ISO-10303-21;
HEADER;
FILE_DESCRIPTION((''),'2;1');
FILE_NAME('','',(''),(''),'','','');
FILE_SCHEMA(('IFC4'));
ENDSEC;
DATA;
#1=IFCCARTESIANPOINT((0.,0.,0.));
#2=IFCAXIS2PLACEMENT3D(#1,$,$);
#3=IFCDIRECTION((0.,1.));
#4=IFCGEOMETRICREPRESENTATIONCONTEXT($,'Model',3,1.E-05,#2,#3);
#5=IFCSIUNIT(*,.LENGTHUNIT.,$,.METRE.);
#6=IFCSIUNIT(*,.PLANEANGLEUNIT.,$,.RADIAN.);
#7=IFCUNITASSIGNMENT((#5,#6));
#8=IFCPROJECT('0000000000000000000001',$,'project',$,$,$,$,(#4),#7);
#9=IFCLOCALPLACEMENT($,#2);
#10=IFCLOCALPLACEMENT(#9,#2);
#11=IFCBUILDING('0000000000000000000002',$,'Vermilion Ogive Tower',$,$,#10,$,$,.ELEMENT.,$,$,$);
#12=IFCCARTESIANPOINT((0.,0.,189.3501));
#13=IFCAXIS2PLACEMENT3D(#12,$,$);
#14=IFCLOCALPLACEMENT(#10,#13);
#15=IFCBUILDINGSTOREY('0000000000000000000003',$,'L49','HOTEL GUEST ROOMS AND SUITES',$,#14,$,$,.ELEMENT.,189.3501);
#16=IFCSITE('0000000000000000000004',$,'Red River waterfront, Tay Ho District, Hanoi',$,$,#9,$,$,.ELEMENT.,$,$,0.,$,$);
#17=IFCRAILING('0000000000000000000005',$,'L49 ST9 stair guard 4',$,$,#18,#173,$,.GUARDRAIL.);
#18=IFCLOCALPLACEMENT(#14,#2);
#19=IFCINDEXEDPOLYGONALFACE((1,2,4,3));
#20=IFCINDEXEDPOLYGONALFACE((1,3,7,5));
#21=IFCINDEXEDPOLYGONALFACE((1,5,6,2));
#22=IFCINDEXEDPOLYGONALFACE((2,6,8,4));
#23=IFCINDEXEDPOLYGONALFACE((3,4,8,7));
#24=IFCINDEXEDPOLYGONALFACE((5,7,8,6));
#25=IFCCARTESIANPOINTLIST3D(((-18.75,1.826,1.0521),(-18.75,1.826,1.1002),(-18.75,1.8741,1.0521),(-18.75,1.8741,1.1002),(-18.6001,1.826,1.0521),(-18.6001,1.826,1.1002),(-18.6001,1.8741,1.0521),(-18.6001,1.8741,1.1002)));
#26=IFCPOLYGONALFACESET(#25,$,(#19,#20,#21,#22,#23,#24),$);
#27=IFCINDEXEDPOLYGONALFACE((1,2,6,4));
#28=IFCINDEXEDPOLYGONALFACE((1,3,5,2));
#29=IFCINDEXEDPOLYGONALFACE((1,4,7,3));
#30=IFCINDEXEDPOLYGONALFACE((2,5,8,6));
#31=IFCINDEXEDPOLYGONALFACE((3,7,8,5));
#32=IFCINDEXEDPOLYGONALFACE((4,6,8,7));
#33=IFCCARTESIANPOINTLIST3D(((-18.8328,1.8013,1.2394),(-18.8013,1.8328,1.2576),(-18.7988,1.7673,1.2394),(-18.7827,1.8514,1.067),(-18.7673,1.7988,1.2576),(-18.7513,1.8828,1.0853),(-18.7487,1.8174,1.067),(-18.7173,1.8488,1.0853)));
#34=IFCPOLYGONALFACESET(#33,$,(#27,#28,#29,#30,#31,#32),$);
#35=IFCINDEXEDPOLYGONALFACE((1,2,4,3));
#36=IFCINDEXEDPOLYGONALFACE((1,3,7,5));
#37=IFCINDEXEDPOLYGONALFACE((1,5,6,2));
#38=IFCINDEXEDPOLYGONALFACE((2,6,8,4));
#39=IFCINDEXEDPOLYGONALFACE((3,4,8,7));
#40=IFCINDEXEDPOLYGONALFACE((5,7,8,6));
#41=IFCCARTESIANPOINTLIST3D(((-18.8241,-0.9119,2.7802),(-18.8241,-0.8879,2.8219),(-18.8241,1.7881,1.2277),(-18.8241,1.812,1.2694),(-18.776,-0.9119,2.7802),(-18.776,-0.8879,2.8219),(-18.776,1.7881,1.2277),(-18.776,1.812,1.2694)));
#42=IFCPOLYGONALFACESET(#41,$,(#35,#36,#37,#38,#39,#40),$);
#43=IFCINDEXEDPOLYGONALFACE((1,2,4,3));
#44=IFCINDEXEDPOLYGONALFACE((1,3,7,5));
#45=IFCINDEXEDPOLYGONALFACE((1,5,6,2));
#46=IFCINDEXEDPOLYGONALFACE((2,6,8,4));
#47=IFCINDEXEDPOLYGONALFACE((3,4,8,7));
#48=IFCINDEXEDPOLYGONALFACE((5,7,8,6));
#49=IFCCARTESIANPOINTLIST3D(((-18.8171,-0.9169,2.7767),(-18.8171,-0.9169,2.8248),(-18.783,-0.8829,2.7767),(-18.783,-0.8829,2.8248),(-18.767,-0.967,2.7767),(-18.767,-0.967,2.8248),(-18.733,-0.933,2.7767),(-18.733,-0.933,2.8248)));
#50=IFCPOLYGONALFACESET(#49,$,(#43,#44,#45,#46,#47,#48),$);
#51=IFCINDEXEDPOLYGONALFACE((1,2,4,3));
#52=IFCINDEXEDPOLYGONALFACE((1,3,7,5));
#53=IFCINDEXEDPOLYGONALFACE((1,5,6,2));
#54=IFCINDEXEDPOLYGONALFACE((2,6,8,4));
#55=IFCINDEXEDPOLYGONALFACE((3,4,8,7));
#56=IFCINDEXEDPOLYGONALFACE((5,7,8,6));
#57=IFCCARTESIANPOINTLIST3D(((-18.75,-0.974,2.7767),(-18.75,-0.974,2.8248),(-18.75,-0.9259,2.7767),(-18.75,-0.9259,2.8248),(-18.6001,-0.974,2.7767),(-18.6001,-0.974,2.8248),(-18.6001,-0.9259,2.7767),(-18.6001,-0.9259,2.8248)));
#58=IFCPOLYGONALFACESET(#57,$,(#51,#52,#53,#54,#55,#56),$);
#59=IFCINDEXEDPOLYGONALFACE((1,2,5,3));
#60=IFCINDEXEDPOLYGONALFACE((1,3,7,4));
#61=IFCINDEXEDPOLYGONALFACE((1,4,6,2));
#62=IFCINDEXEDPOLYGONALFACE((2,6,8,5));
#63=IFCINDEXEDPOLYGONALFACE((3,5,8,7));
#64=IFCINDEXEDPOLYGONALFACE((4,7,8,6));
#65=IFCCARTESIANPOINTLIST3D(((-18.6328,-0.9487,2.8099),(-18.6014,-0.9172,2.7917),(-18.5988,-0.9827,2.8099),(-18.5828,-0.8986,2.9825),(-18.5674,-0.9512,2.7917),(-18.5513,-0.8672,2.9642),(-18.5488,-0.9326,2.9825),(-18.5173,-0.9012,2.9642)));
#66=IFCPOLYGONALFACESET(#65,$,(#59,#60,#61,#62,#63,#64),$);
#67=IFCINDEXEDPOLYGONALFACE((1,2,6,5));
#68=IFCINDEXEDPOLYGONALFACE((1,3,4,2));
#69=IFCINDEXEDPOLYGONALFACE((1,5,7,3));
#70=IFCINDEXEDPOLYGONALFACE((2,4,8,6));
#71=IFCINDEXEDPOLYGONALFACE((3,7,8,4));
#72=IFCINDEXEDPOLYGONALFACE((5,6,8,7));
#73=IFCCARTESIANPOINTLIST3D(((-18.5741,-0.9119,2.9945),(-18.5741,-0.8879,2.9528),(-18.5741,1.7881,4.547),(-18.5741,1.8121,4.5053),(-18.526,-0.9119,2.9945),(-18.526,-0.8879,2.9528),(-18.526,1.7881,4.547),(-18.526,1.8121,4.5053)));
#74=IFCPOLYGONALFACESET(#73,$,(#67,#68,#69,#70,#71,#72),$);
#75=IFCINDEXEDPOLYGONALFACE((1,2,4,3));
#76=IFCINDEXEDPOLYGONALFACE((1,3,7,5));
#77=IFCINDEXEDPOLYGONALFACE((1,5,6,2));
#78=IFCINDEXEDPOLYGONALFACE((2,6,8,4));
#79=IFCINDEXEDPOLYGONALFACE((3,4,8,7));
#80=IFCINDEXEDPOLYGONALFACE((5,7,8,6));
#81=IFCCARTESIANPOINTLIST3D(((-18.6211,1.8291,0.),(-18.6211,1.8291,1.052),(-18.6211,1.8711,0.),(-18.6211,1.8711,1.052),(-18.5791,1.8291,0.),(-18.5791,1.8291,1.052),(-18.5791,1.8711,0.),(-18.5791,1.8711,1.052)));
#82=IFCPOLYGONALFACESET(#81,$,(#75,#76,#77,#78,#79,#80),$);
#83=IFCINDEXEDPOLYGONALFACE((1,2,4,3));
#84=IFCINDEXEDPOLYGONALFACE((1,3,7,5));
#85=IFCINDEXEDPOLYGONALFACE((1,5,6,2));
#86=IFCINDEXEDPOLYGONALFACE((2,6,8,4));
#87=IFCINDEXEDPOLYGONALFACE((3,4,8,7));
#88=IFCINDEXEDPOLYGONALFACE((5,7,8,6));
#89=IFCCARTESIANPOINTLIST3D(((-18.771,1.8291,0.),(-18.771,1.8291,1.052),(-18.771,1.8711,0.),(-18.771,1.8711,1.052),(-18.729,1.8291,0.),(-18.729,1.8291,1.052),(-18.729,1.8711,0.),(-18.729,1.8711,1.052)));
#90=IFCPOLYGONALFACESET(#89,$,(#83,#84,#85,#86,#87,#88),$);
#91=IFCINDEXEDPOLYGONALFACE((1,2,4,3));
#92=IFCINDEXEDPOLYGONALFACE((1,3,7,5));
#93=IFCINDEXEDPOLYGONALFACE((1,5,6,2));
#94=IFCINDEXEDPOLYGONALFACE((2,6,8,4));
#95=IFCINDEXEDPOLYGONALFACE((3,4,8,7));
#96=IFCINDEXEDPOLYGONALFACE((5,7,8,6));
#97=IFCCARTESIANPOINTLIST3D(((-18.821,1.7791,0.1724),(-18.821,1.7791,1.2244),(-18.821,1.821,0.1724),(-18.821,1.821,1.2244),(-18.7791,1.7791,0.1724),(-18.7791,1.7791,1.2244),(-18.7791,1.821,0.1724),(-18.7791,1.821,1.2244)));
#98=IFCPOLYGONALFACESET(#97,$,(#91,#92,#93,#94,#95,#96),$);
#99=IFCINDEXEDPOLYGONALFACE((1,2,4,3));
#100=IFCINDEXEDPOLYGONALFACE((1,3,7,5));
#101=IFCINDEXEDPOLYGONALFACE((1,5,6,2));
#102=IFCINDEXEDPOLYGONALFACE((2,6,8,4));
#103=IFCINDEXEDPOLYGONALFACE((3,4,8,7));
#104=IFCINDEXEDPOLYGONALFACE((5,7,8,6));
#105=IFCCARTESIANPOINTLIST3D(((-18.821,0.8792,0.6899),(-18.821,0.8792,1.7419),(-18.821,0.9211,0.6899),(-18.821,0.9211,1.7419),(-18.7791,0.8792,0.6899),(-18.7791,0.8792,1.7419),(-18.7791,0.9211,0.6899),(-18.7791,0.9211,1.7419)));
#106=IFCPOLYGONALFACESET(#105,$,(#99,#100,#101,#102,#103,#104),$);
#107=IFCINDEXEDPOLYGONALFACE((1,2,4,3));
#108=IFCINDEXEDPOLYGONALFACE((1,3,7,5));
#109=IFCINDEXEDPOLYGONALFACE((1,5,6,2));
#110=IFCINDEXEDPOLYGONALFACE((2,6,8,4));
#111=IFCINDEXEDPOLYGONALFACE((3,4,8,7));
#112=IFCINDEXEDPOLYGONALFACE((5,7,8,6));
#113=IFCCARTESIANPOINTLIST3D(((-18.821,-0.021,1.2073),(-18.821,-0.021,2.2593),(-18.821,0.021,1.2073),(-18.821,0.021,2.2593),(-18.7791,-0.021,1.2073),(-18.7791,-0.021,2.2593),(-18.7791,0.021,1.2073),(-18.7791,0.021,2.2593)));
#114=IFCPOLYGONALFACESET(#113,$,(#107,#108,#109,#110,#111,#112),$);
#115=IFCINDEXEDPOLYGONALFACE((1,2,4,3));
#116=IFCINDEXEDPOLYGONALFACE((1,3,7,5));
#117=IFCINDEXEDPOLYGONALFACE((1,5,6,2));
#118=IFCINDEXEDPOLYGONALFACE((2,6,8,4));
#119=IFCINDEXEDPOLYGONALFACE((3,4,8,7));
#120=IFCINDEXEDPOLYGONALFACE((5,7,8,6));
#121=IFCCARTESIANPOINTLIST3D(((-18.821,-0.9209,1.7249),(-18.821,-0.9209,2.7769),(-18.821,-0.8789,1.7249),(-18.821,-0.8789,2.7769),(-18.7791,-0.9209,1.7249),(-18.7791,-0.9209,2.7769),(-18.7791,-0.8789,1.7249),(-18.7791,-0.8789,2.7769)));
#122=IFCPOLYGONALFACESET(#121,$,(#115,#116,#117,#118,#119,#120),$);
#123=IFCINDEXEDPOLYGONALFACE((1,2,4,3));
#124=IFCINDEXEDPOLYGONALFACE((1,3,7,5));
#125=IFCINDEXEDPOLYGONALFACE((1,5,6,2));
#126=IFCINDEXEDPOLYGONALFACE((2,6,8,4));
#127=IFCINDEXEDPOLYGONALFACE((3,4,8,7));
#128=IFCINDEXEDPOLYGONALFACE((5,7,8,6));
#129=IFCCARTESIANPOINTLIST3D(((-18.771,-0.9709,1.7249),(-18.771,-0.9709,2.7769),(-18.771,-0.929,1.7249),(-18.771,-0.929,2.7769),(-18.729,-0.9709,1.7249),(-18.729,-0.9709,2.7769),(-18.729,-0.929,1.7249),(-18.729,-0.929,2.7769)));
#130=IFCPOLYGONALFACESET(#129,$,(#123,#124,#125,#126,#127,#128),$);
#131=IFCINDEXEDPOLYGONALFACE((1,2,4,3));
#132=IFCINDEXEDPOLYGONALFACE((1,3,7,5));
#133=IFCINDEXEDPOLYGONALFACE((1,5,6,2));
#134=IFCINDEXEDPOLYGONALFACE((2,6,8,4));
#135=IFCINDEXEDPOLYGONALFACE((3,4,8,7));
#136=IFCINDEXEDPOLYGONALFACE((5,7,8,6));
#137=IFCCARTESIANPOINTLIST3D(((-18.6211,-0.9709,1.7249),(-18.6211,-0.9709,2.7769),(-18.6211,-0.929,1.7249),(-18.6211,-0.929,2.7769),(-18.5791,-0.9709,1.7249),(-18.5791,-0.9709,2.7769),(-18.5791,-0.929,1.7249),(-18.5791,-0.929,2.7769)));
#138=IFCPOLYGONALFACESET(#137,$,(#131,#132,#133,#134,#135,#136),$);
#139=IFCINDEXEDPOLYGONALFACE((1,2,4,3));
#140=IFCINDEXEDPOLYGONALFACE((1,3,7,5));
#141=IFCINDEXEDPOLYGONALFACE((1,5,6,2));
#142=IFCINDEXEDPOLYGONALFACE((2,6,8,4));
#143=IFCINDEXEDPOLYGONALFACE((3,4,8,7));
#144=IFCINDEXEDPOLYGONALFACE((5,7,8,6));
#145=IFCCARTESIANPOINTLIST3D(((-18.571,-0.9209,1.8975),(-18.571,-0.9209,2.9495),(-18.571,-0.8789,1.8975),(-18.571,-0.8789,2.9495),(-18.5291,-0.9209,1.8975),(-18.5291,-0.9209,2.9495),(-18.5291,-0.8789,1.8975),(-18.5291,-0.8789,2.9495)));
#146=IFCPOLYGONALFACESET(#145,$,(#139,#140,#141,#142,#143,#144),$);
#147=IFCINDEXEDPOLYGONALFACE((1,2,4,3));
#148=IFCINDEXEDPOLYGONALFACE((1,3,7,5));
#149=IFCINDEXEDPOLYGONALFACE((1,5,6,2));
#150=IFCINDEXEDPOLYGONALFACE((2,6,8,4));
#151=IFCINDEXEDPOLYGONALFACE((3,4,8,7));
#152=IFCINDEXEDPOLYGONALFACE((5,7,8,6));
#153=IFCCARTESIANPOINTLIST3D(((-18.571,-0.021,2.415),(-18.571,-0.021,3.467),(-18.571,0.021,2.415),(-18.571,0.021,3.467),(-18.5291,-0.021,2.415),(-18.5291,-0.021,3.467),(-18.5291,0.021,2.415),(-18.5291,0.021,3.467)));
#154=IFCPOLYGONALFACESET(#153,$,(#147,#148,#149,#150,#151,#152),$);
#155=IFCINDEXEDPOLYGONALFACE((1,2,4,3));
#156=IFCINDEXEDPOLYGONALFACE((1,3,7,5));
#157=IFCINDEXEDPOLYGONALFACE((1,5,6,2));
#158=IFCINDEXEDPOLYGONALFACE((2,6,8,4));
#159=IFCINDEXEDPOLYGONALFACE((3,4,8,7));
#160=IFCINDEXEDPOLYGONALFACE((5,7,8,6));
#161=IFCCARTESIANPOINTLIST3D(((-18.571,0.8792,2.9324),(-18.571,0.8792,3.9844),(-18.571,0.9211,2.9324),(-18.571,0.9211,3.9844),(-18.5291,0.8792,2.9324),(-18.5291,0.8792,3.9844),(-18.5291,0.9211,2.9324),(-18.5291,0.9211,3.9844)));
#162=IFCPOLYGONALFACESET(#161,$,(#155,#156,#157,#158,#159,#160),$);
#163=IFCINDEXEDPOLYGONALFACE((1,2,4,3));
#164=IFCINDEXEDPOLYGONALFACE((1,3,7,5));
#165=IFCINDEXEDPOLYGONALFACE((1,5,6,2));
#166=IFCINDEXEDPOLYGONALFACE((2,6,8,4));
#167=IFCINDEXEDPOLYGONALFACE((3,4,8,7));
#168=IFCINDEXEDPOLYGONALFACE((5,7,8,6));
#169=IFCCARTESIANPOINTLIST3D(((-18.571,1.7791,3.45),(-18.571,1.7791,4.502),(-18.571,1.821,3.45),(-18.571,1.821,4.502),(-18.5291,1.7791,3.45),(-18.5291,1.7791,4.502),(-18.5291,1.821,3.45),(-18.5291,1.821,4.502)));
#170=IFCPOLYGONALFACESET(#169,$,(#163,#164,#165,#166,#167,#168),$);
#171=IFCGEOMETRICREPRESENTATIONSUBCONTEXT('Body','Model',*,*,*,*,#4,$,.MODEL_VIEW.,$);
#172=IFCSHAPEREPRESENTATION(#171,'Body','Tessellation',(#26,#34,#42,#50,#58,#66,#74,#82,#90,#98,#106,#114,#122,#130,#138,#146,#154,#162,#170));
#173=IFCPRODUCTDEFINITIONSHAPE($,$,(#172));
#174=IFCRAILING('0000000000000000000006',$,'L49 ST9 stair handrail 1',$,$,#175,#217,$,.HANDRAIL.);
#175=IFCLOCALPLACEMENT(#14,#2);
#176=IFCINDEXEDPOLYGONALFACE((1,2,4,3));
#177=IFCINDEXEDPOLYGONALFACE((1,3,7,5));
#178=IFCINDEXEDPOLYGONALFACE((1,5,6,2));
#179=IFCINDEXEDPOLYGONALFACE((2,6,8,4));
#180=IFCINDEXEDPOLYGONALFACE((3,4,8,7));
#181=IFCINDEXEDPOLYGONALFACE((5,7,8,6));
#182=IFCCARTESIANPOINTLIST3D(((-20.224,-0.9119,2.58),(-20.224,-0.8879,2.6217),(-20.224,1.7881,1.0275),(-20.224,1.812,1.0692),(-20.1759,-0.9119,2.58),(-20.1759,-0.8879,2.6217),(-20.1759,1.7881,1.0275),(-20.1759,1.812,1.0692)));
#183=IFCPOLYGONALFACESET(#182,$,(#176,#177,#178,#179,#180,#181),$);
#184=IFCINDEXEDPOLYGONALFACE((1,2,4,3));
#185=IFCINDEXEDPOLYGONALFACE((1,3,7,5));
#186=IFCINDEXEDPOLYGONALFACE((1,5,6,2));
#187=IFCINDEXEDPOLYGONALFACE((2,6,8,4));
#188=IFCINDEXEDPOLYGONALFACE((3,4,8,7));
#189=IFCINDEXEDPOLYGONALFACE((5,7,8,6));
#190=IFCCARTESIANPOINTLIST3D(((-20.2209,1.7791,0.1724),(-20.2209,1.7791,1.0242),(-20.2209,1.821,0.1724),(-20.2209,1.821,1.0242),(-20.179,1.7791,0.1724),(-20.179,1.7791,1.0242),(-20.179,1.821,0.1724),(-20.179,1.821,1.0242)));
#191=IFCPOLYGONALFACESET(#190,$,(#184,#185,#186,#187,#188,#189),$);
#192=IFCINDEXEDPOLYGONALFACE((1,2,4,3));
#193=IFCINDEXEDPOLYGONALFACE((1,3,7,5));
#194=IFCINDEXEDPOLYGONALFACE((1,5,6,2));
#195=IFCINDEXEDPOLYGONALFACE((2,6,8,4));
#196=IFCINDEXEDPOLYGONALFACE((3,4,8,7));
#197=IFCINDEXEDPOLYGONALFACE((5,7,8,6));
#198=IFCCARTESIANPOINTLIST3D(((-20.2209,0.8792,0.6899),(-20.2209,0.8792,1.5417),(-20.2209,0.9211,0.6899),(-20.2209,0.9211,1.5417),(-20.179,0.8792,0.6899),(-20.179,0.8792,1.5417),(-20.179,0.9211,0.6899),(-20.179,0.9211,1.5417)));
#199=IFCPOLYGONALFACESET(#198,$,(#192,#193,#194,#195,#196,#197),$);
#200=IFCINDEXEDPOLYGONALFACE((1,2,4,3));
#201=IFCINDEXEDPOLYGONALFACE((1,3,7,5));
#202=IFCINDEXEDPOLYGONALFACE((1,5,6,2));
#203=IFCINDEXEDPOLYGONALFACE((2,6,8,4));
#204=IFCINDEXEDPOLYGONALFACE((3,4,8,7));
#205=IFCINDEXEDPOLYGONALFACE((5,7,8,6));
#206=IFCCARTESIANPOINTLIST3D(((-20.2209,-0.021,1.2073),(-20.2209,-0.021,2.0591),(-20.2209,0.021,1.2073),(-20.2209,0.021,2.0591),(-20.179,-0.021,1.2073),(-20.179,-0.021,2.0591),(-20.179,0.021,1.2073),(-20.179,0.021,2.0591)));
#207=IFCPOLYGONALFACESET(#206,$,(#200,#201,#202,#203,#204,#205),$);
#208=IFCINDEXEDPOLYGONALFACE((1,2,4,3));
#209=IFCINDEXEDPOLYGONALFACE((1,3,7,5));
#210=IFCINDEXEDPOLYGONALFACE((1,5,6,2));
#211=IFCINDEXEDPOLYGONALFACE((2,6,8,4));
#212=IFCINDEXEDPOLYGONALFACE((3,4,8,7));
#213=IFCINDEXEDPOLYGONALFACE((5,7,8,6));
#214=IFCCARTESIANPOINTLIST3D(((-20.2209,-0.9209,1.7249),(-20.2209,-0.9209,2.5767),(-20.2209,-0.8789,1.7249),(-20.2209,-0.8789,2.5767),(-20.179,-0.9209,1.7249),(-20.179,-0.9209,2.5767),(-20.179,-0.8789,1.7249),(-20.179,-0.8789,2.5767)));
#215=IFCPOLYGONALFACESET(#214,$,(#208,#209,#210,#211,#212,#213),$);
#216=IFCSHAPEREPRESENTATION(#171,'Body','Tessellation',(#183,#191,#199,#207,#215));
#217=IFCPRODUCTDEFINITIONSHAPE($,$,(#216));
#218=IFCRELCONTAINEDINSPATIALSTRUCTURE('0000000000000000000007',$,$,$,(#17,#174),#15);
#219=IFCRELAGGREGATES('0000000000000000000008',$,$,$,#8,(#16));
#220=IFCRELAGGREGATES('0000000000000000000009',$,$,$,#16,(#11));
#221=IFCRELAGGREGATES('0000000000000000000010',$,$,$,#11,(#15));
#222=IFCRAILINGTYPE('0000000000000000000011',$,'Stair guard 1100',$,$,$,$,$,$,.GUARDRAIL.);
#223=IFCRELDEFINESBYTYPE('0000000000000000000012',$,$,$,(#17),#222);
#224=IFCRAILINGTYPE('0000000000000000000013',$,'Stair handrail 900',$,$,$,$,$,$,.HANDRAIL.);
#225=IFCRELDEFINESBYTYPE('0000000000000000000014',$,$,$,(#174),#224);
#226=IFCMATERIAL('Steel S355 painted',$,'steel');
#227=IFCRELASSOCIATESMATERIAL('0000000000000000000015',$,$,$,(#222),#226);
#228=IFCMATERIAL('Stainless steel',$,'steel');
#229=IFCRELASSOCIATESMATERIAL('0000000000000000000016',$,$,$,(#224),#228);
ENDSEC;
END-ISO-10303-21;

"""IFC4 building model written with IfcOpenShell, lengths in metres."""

from ifc_helpers import new_model, si_unit, direction, frame, origin, origin_2d, place, context, subcontext, project, spatial, rectangle, extrude, material, type_object, element, save


model = new_model("IFC4")

# Units and contexts
model_context = context("Model", 3, precision=1e-05, world=origin(), true_north=direction((0.0, 1.0)))
body_context = subcontext(model_context, "Body", "Model", "MODEL_VIEW")
ifc_project = project(units=[si_unit("LENGTHUNIT", "METRE"), si_unit("PLANEANGLEUNIT", "RADIAN")], contexts=[model_context])

# Site, building, storey
site_placement = place(None, origin())
site = spatial("IfcSite", under=ifc_project, at=site_placement, Name="Red River waterfront, Tay Ho District, Hanoi", CompositionType="ELEMENT", RefElevation=0.0)
building_placement = place(site_placement, origin())
building = spatial("IfcBuilding", under=site, at=building_placement, Name="Vermilion Ogive Tower", CompositionType="ELEMENT")
storey_placement = place(building_placement, frame((0.0, 0.0, 189.3501)))
storey = spatial("IfcBuildingStorey", under=building, at=storey_placement, Name="L49", Description="HOTEL GUEST ROOMS AND SUITES", CompositionType="ELEMENT", Elevation=189.3501)

# Railings
ifc_material_1 = material(Name="Steel S355 painted", Category="steel")
railing_type_1 = type_object("IfcRailingType", Name="Stair guard 1100", PredefinedType="GUARDRAIL", material=ifc_material_1)
railing_1_placement = place(storey_placement, frame((-18.6001, 1.8501, 0.0)))
element("IfcRailing", 1, at=railing_1_placement, inside=storey, type_object=railing_type_1, Name="L49 ST9 stair guard 4", PredefinedType="GUARDRAIL", context=body_context, shape_type="SweptSolid", body=[
    extrude(rectangle(XDim=0.0481, YDim=0.0481, at=origin_2d()), frame((0.0, 0.0, 1.0762), z_axis=(-1.0, 0.0, 0.0), x_axis=(0.0, -1.0, 0.0)), (0.0, 0.0, 1.0), 0.1499),
    extrude(rectangle(XDim=0.0481, YDim=0.0481, at=origin_2d()), frame((-0.1499, 0.0, 1.0762), z_axis=(-0.268603, -0.268603, 0.925043), x_axis=(0.707107, -0.707107, 0.0)), (0.0, 0.0, 1.0), 0.1863),
    extrude(rectangle(XDim=0.0481, YDim=0.0481, at=origin_2d()), frame((-0.2, -0.05, 1.2485), z_axis=(0.0, -0.866904, 0.498476), x_axis=(1.0, 0.0, 0.0)), (0.0, 0.0, 1.0), 3.1145),
    extrude(rectangle(XDim=0.0481, YDim=0.0481, at=origin_2d()), frame((-0.2, -2.75, 2.8008), z_axis=(0.707107, -0.707107, 0.0), x_axis=(0.707107, 0.707107, 0.0)), (0.0, 0.0, 1.0), 0.0708),
    extrude(rectangle(XDim=0.0481, YDim=0.0481, at=origin_2d()), frame((-0.1499, -2.8, 2.8008), z_axis=(1.0, 0.0, 0.0), x_axis=(0.0, 1.0, 0.0)), (0.0, 0.0, 1.0), 0.1499),
    extrude(rectangle(XDim=0.0481, YDim=0.0481, at=origin_2d()), frame((0.0, -2.8, 2.8008), z_axis=(0.268278, 0.268278, 0.925232), x_axis=(-0.707107, 0.707107, 0.0)), (0.0, 0.0, 1.0), 0.1865),
    extrude(rectangle(XDim=0.0481, YDim=0.0481, at=origin_2d()), frame((0.05, -2.75, 2.9736), z_axis=(0.0, 0.866904, 0.498476), x_axis=(-1.0, 0.0, 0.0)), (0.0, 0.0, 1.0), 3.1145),
    extrude(rectangle(XDim=0.042, YDim=0.042, at=origin_2d()), origin(), (0.0, 0.0, 1.0), 1.052),
    extrude(rectangle(XDim=0.042, YDim=0.042, at=origin_2d()), frame((-0.1499, 0.0, 0.0)), (0.0, 0.0, 1.0), 1.052),
    extrude(rectangle(XDim=0.042, YDim=0.042, at=origin_2d()), frame((-0.2, -0.05, 0.1724)), (0.0, 0.0, 1.0), 1.052),
    extrude(rectangle(XDim=0.042, YDim=0.042, at=origin_2d()), frame((-0.2, -0.95, 0.6899)), (0.0, 0.0, 1.0), 1.052),
    extrude(rectangle(XDim=0.042, YDim=0.042, at=origin_2d()), frame((-0.2, -1.8501, 1.2073)), (0.0, 0.0, 1.0), 1.052),
    extrude(rectangle(XDim=0.042, YDim=0.042, at=origin_2d()), frame((-0.2, -2.75, 1.7249)), (0.0, 0.0, 1.0), 1.052),
    extrude(rectangle(XDim=0.042, YDim=0.042, at=origin_2d()), frame((-0.1499, -2.8, 1.7249)), (0.0, 0.0, 1.0), 1.052),
    extrude(rectangle(XDim=0.042, YDim=0.042, at=origin_2d()), frame((0.0, -2.8, 1.7249)), (0.0, 0.0, 1.0), 1.052),
    extrude(rectangle(XDim=0.042, YDim=0.042, at=origin_2d()), frame((0.05, -2.75, 1.8975)), (0.0, 0.0, 1.0), 1.052),
    extrude(rectangle(XDim=0.042, YDim=0.042, at=origin_2d()), frame((0.05, -1.8501, 2.415)), (0.0, 0.0, 1.0), 1.052),
    extrude(rectangle(XDim=0.042, YDim=0.042, at=origin_2d()), frame((0.05, -0.95, 2.9324)), (0.0, 0.0, 1.0), 1.052),
    extrude(rectangle(XDim=0.042, YDim=0.042, at=origin_2d()), frame((0.05, -0.05, 3.45)), (0.0, 0.0, 1.0), 1.052),
])
ifc_material_2 = material(Name="Stainless steel", Category="steel")
railing_type_2 = type_object("IfcRailingType", Name="Stair handrail 900", PredefinedType="HANDRAIL", material=ifc_material_2)
railing_2_placement = place(storey_placement, frame((-20.2, 1.8, 0.1724)))
element("IfcRailing", 2, at=railing_2_placement, inside=storey, type_object=railing_type_2, Name="L49 ST9 stair handrail 1", PredefinedType="HANDRAIL", context=body_context, shape_type="SweptSolid", body=[
    extrude(rectangle(XDim=0.0481, YDim=0.0481, at=origin_2d()), frame((0.0, 0.0, 0.876), z_axis=(0.0, -0.866904, 0.498476), x_axis=(1.0, 0.0, 0.0)), (0.0, 0.0, 1.0), 3.1145),
    extrude(rectangle(XDim=0.042, YDim=0.042, at=origin_2d()), origin(), (0.0, 0.0, 1.0), 0.8518),
    extrude(rectangle(XDim=0.042, YDim=0.042, at=origin_2d()), frame((0.0, -0.8999, 0.5176)), (0.0, 0.0, 1.0), 0.8518),
    extrude(rectangle(XDim=0.042, YDim=0.042, at=origin_2d()), frame((0.0, -1.8, 1.0349)), (0.0, 0.0, 1.0), 0.8518),
    extrude(rectangle(XDim=0.042, YDim=0.042, at=origin_2d()), frame((0.0, -2.7, 1.5525)), (0.0, 0.0, 1.0), 0.8518),
])

save(model, "model.ifc")
